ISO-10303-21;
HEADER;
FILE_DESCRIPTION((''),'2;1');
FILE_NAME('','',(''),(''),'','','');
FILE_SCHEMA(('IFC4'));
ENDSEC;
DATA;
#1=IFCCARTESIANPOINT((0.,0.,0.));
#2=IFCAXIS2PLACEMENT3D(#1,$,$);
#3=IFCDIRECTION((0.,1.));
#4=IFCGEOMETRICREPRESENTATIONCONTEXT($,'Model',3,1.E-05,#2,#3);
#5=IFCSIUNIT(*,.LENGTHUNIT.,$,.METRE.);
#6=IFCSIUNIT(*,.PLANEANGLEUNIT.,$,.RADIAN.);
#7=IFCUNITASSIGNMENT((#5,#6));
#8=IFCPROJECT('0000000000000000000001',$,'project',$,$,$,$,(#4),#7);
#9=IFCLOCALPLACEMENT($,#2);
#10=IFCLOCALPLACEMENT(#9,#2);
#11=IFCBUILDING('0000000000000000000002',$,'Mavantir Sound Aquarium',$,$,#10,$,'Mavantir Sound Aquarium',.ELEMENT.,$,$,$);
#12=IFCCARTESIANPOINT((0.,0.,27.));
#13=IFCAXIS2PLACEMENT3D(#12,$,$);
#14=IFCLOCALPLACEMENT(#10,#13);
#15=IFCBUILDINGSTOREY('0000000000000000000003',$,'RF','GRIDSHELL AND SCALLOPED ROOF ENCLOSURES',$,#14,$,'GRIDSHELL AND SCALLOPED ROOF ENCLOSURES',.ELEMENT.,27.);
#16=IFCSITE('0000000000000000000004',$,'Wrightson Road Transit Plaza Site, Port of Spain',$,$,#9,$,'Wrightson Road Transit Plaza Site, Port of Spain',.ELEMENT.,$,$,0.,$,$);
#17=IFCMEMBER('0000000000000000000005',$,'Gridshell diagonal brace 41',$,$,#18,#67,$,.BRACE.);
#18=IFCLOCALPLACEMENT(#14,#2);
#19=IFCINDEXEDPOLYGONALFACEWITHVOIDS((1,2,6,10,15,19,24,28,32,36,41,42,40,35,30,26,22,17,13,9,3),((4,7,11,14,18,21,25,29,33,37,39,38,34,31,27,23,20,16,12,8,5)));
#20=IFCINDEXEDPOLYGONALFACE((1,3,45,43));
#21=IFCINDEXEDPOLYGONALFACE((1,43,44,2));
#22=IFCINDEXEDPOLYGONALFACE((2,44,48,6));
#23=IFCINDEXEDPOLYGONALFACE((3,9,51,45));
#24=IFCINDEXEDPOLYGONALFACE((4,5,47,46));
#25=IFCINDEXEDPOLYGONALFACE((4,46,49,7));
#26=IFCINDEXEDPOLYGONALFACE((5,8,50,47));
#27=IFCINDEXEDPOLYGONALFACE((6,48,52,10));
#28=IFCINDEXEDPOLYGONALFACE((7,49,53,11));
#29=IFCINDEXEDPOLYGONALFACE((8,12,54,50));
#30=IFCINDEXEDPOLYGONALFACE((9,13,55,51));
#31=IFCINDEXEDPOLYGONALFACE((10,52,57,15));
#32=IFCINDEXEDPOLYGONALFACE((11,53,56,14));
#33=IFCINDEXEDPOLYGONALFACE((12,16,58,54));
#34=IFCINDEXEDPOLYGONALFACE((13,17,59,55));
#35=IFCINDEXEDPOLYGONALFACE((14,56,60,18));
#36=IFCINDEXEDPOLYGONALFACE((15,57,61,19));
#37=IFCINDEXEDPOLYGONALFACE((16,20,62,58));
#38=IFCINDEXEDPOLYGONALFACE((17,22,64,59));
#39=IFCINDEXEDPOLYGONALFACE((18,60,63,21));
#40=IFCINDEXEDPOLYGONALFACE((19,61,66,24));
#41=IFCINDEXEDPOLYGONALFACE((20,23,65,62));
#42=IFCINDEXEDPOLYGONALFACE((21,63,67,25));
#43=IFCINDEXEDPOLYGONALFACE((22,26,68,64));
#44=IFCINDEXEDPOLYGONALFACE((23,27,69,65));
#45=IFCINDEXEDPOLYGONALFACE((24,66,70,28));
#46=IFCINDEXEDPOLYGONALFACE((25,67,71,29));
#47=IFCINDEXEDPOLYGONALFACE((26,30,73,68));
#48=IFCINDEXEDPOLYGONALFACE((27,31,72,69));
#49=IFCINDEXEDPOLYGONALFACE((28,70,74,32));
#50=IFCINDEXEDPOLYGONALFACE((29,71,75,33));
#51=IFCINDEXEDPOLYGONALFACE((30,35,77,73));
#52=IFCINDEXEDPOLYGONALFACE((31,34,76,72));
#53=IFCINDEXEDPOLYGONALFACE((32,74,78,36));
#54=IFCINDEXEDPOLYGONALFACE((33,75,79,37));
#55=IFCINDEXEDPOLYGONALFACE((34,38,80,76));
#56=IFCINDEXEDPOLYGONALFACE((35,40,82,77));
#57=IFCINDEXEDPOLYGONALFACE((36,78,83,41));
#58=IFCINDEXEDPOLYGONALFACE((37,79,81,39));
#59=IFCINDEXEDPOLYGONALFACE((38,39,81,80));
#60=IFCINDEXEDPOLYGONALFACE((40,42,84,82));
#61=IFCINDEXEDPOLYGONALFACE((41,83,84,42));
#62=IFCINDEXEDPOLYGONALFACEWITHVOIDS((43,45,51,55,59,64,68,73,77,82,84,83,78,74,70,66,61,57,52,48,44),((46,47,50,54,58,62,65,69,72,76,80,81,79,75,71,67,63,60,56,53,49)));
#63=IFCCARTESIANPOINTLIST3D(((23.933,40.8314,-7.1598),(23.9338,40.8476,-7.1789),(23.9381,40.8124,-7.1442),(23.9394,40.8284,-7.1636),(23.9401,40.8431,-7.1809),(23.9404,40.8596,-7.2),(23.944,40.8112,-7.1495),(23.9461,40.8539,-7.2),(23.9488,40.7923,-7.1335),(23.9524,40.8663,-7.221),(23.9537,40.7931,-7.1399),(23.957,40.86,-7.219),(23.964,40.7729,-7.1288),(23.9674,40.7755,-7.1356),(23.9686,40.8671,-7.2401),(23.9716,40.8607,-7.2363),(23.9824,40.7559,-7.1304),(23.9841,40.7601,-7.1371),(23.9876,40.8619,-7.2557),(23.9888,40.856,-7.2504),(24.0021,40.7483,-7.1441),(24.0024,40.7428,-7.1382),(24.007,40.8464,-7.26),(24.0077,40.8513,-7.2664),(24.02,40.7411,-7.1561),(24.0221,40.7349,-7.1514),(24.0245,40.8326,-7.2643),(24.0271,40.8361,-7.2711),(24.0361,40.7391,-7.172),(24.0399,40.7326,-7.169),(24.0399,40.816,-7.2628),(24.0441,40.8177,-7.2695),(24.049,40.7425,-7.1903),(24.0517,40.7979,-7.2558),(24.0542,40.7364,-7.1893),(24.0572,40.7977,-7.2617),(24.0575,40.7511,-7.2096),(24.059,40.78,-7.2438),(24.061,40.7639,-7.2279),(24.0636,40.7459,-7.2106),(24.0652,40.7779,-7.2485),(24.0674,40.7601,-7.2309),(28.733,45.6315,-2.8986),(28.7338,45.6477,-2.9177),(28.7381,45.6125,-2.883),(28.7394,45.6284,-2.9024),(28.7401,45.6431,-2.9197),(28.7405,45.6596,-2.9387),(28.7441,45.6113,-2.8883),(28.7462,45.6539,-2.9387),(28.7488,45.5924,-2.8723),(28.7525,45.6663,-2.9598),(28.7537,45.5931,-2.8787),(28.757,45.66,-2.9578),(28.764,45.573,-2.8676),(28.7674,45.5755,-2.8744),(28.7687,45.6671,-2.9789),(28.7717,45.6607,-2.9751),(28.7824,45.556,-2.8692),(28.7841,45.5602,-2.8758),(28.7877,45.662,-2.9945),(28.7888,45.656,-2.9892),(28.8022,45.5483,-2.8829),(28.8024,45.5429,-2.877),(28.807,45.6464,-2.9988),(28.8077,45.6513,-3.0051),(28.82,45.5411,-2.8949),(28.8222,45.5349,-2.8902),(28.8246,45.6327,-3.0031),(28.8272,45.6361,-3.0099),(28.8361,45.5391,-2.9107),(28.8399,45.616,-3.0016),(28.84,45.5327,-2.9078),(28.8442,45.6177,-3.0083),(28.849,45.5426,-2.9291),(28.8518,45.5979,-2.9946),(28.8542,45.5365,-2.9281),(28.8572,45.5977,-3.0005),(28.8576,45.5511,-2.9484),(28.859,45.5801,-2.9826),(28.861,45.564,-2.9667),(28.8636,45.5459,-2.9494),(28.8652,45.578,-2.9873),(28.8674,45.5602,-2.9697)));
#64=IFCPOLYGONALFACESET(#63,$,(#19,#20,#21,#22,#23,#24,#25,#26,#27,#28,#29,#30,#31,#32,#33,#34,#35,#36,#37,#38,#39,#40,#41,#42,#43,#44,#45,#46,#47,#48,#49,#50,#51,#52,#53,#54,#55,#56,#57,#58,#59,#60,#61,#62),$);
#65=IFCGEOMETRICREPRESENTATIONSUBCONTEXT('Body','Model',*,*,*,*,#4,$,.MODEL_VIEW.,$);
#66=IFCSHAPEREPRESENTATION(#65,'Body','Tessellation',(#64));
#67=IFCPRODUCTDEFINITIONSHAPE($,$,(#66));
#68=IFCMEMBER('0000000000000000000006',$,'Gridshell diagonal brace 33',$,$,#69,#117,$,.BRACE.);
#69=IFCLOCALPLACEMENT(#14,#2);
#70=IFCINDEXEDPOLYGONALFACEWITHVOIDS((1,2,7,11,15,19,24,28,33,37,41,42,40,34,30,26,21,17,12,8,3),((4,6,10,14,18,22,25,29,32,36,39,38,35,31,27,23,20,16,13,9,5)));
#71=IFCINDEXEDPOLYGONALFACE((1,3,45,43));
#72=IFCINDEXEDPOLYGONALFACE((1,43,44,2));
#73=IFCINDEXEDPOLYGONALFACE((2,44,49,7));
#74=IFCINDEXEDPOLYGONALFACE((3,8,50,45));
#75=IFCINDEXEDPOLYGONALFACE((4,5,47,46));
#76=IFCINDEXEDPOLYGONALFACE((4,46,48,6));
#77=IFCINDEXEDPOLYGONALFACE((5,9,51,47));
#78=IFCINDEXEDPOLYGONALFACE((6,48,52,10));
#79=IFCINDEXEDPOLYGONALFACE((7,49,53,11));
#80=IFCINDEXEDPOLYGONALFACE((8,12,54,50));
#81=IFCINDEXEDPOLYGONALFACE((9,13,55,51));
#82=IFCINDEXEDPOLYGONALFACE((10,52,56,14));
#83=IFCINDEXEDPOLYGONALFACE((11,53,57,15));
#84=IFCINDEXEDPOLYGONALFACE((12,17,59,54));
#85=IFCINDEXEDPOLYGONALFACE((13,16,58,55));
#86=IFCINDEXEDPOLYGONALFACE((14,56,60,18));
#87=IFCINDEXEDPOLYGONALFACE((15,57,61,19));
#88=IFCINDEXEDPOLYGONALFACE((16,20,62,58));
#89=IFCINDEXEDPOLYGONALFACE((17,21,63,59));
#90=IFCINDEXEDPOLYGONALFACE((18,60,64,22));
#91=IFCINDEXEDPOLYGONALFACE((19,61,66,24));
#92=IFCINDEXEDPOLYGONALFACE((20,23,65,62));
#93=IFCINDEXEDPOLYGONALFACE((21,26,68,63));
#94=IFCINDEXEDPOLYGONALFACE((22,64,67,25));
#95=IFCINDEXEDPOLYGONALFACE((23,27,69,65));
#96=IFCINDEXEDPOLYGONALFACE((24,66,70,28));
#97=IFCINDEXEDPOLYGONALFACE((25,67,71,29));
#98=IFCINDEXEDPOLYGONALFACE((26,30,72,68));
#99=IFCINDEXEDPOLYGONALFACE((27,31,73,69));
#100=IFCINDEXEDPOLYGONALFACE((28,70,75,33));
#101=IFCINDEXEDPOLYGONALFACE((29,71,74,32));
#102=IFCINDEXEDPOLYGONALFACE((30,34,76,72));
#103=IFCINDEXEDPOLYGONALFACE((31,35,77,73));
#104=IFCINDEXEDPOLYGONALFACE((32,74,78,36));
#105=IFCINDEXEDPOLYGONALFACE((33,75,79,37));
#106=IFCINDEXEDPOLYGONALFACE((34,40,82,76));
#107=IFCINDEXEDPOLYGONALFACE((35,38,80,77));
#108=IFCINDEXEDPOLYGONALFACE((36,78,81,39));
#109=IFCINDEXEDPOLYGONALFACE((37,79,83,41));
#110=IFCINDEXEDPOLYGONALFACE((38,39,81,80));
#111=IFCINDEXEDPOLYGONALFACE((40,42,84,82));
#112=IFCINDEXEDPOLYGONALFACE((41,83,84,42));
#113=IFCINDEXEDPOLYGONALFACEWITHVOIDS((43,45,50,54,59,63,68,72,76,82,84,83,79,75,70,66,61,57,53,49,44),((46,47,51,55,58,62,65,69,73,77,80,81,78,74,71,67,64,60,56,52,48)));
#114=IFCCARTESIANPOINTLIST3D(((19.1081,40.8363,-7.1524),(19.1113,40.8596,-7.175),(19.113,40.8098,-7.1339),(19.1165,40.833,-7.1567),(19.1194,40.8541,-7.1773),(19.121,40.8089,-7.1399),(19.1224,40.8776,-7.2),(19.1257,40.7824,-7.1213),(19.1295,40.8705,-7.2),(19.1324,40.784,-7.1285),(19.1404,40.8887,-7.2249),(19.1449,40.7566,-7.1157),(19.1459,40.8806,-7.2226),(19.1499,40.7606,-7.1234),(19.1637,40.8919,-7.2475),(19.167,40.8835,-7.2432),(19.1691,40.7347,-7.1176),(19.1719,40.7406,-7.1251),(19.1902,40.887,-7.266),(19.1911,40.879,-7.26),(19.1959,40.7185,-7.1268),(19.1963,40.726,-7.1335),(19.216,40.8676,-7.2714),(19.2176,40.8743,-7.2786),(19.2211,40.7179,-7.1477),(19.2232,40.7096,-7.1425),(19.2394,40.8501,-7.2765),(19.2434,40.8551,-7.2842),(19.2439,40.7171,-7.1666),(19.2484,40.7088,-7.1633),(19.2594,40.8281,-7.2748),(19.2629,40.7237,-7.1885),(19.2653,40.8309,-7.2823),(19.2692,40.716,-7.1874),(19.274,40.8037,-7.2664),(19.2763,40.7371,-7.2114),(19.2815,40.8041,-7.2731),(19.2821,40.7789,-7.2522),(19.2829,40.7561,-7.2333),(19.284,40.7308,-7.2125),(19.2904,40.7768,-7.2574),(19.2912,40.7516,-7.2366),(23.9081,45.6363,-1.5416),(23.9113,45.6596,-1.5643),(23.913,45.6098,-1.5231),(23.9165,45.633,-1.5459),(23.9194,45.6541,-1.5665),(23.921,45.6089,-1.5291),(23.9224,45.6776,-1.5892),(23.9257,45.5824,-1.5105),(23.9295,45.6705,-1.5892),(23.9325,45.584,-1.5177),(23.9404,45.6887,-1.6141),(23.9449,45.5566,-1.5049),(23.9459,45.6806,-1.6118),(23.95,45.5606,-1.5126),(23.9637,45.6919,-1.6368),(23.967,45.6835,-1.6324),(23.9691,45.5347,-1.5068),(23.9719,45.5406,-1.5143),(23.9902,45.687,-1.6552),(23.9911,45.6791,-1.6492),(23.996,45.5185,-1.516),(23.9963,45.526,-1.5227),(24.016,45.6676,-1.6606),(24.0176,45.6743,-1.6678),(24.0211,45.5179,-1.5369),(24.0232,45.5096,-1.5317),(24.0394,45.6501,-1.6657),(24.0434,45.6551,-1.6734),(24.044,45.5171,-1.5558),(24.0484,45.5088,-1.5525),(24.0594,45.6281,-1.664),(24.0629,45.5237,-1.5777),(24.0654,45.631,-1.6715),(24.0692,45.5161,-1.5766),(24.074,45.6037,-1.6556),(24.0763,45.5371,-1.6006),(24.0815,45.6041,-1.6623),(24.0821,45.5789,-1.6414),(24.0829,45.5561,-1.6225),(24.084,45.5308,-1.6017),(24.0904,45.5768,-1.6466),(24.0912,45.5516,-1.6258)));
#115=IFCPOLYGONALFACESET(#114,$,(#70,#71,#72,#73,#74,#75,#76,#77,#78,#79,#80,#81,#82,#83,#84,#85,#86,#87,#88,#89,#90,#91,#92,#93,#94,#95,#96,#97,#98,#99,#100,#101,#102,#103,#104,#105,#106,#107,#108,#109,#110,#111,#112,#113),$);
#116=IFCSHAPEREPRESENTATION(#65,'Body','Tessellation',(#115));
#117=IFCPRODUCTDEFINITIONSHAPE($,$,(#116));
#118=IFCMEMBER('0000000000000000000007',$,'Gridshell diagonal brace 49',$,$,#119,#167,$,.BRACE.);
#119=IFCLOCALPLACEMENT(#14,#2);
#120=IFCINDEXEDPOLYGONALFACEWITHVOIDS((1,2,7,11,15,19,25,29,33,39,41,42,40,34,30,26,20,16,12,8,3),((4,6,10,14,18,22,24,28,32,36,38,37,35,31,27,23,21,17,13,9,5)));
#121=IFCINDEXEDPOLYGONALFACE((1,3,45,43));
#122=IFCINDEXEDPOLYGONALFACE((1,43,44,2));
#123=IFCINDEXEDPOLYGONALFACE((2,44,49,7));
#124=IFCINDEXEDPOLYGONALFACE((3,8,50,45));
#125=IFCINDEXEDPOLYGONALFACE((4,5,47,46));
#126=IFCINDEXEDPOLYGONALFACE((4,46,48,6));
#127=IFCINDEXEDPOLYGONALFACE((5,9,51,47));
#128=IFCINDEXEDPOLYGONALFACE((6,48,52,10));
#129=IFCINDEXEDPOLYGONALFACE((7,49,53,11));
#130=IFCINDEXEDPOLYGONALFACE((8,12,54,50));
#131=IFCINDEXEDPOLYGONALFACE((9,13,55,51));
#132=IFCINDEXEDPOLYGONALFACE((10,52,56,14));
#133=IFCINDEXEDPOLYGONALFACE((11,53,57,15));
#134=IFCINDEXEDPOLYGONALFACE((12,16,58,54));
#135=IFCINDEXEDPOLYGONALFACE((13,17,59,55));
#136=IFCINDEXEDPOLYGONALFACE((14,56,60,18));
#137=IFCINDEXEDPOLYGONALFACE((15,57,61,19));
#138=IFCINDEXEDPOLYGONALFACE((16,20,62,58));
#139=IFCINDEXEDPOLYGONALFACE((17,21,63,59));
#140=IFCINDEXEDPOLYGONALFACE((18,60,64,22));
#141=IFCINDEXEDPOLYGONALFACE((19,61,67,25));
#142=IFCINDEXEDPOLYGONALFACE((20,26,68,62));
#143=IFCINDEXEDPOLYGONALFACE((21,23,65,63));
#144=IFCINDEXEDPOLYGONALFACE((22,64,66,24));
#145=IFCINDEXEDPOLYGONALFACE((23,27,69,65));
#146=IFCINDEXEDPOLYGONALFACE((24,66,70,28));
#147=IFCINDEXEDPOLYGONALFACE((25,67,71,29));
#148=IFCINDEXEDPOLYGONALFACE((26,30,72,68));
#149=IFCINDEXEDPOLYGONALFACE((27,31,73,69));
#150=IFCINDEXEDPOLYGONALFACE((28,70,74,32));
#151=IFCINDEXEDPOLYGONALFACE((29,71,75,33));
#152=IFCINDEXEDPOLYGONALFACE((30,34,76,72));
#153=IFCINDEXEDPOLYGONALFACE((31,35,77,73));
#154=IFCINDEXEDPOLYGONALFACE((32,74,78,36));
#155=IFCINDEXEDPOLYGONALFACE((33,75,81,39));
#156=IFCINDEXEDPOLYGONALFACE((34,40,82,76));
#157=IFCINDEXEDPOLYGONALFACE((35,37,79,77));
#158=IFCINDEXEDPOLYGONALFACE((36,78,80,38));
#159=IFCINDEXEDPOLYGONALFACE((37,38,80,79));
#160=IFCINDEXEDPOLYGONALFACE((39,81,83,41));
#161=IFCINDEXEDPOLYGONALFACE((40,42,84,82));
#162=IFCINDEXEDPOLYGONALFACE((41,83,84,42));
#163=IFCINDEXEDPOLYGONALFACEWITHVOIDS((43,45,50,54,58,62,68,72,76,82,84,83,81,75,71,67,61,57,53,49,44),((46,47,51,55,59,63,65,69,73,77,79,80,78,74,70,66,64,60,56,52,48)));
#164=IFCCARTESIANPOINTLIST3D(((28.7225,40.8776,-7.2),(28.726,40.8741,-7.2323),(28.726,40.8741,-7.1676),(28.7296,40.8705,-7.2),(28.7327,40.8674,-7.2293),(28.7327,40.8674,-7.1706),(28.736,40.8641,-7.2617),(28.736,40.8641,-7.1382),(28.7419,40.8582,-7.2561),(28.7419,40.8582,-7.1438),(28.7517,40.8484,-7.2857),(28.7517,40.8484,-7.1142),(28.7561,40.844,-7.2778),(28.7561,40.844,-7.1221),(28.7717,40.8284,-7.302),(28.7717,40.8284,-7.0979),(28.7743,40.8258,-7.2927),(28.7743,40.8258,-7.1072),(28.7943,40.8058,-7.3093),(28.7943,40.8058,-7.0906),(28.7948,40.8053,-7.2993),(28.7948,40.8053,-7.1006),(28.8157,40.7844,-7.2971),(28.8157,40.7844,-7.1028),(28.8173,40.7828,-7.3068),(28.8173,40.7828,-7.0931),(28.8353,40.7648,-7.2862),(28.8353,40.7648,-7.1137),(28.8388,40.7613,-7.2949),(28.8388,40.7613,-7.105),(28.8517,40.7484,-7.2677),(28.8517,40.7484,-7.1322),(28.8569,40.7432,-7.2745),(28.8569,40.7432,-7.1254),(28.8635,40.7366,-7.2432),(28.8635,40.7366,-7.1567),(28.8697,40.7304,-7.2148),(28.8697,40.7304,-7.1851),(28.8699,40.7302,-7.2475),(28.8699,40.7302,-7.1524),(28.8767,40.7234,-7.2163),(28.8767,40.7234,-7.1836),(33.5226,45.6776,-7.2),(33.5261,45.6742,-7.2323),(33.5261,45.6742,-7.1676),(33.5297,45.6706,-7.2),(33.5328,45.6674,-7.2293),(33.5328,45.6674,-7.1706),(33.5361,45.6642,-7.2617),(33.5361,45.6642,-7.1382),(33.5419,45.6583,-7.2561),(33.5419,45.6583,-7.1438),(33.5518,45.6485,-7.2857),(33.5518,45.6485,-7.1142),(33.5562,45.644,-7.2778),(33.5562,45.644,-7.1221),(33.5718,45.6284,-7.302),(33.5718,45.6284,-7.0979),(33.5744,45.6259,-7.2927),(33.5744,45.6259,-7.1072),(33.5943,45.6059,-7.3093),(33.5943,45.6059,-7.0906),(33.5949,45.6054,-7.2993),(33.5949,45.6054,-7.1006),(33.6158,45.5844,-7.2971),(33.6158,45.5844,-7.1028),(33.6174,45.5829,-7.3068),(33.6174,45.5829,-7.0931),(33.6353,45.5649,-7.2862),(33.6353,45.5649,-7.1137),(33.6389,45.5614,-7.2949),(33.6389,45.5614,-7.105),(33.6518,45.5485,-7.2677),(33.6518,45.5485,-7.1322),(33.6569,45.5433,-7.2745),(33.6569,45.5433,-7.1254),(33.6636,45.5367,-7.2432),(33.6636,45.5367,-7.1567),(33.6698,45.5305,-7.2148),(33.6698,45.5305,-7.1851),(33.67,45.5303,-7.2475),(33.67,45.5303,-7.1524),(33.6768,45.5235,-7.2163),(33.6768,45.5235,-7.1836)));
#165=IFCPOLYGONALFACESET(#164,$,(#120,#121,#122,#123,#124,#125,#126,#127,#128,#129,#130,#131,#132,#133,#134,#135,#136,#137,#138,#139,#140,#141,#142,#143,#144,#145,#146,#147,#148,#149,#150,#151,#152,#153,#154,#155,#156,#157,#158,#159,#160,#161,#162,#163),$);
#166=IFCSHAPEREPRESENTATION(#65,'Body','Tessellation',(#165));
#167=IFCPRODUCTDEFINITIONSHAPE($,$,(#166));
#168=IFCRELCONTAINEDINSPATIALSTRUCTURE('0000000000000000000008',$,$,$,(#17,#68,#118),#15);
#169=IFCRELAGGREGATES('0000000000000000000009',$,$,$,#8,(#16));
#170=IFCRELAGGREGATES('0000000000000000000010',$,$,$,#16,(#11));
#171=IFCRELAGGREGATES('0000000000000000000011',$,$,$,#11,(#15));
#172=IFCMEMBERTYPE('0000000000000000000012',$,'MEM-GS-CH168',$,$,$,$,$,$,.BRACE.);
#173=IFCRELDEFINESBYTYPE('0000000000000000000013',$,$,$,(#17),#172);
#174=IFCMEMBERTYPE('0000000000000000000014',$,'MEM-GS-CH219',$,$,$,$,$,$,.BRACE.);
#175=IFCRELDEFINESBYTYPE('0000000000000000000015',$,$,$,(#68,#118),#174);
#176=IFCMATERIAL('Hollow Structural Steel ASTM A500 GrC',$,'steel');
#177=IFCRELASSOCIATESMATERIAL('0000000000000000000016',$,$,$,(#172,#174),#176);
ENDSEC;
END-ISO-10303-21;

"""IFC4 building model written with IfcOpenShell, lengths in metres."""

from ifc_helpers import new_model, si_unit, direction, frame, origin, origin_2d, place, context, subcontext, project, spatial, hollow_circle, extrude, material, material_profile, profile_set, type_object, element, save


model = new_model("IFC4")

# Units and contexts
model_context = context("Model", 3, precision=1e-05, world=origin(), true_north=direction((0.0, 1.0)))
body_context = subcontext(model_context, "Body", "Model", "MODEL_VIEW")
ifc_project = project(units=[si_unit("LENGTHUNIT", "METRE"), si_unit("PLANEANGLEUNIT", "RADIAN")], contexts=[model_context])

# Site, building, storey
site_placement = place(None, origin())
site = spatial("IfcSite", under=ifc_project, at=site_placement, Name="Wrightson Road Transit Plaza Site, Port of Spain", LongName="Wrightson Road Transit Plaza Site, Port of Spain", CompositionType="ELEMENT", RefElevation=0.0)
building_placement = place(site_placement, origin())
building = spatial("IfcBuilding", under=site, at=building_placement, Name="Mavantir Sound Aquarium", LongName="Mavantir Sound Aquarium", CompositionType="ELEMENT")
storey_placement = place(building_placement, frame((0.0, 0.0, 27.0)))
storey = spatial("IfcBuildingStorey", under=building, at=storey_placement, Name="RF", Description="GRIDSHELL AND SCALLOPED ROOF ENCLOSURES", LongName="GRIDSHELL AND SCALLOPED ROOF ENCLOSURES", CompositionType="ELEMENT", Elevation=27.0)

# Shared definitions
ifc_material_1 = material(Name="Hollow Structural Steel ASTM A500 GrC", Category="steel")

# Members
ifc_material_profile_1 = material_profile(ifc_material_1, hollow_circle(Radius=0.0842, WallThickness=0.0081, at=origin_2d()), Name="CHS 168.3X8")
ifc_profile_set_1 = profile_set([ifc_material_profile_1], Name="Hollow Structural Steel ASTM A500 GrC")
member_type_1 = type_object("IfcMemberType", Name="MEM-GS-CH168", PredefinedType="BRACE", material=ifc_profile_set_1)
member_1_placement = place(storey_placement, frame((24.0, 40.8, -7.2), z_axis=(0.598889, 0.598889, 0.531662), x_axis=(-0.707107, 0.707107, 0.0)))
element("IfcMember", 1, at=member_1_placement, inside=storey, type_object=member_type_1, Name="Gridshell diagonal brace 41", PredefinedType="BRACE", context=body_context, shape_type="SweptSolid", body=[
    extrude(hollow_circle(Radius=0.0842, WallThickness=0.0081, at=origin_2d()), origin(), (0.0, 0.0, 1.0), 8.0149),
])
ifc_material_profile_2 = material_profile(ifc_material_1, hollow_circle(Radius=0.1096, WallThickness=0.01, at=origin_2d()), Name="CHS 219.1X10")
ifc_profile_set_2 = profile_set([ifc_material_profile_2], Name="Hollow Structural Steel ASTM A500 GrC")
member_type_2 = type_object("IfcMemberType", Name="MEM-GS-CH219", PredefinedType="BRACE", material=ifc_profile_set_2)
member_2_placement = place(storey_placement, frame((19.2, 40.8, -7.2), z_axis=(0.545029, 0.545029, 0.637092), x_axis=(-0.707107, 0.707107, 0.0)))
element("IfcMember", 2, at=member_2_placement, inside=storey, type_object=member_type_2, Name="Gridshell diagonal brace 33", PredefinedType="BRACE", context=body_context, shape_type="SweptSolid", body=[
    extrude(hollow_circle(Radius=0.1096, WallThickness=0.01, at=origin_2d()), origin(), (0.0, 0.0, 1.0), 8.8069),
])
member_3_placement = place(storey_placement, frame((28.8, 40.8, -7.2), z_axis=(0.707107, 0.707107, 0.0), x_axis=(-0.707107, 0.707107, 0.0)))
element("IfcMember", 3, at=member_3_placement, inside=storey, type_object=member_type_2, Name="Gridshell diagonal brace 49", PredefinedType="BRACE", context=body_context, shape_type="SweptSolid", body=[
    extrude(hollow_circle(Radius=0.1096, WallThickness=0.01, at=origin_2d()), origin(), (0.0, 0.0, 1.0), 6.7883),
])

save(model, "model.ifc")
